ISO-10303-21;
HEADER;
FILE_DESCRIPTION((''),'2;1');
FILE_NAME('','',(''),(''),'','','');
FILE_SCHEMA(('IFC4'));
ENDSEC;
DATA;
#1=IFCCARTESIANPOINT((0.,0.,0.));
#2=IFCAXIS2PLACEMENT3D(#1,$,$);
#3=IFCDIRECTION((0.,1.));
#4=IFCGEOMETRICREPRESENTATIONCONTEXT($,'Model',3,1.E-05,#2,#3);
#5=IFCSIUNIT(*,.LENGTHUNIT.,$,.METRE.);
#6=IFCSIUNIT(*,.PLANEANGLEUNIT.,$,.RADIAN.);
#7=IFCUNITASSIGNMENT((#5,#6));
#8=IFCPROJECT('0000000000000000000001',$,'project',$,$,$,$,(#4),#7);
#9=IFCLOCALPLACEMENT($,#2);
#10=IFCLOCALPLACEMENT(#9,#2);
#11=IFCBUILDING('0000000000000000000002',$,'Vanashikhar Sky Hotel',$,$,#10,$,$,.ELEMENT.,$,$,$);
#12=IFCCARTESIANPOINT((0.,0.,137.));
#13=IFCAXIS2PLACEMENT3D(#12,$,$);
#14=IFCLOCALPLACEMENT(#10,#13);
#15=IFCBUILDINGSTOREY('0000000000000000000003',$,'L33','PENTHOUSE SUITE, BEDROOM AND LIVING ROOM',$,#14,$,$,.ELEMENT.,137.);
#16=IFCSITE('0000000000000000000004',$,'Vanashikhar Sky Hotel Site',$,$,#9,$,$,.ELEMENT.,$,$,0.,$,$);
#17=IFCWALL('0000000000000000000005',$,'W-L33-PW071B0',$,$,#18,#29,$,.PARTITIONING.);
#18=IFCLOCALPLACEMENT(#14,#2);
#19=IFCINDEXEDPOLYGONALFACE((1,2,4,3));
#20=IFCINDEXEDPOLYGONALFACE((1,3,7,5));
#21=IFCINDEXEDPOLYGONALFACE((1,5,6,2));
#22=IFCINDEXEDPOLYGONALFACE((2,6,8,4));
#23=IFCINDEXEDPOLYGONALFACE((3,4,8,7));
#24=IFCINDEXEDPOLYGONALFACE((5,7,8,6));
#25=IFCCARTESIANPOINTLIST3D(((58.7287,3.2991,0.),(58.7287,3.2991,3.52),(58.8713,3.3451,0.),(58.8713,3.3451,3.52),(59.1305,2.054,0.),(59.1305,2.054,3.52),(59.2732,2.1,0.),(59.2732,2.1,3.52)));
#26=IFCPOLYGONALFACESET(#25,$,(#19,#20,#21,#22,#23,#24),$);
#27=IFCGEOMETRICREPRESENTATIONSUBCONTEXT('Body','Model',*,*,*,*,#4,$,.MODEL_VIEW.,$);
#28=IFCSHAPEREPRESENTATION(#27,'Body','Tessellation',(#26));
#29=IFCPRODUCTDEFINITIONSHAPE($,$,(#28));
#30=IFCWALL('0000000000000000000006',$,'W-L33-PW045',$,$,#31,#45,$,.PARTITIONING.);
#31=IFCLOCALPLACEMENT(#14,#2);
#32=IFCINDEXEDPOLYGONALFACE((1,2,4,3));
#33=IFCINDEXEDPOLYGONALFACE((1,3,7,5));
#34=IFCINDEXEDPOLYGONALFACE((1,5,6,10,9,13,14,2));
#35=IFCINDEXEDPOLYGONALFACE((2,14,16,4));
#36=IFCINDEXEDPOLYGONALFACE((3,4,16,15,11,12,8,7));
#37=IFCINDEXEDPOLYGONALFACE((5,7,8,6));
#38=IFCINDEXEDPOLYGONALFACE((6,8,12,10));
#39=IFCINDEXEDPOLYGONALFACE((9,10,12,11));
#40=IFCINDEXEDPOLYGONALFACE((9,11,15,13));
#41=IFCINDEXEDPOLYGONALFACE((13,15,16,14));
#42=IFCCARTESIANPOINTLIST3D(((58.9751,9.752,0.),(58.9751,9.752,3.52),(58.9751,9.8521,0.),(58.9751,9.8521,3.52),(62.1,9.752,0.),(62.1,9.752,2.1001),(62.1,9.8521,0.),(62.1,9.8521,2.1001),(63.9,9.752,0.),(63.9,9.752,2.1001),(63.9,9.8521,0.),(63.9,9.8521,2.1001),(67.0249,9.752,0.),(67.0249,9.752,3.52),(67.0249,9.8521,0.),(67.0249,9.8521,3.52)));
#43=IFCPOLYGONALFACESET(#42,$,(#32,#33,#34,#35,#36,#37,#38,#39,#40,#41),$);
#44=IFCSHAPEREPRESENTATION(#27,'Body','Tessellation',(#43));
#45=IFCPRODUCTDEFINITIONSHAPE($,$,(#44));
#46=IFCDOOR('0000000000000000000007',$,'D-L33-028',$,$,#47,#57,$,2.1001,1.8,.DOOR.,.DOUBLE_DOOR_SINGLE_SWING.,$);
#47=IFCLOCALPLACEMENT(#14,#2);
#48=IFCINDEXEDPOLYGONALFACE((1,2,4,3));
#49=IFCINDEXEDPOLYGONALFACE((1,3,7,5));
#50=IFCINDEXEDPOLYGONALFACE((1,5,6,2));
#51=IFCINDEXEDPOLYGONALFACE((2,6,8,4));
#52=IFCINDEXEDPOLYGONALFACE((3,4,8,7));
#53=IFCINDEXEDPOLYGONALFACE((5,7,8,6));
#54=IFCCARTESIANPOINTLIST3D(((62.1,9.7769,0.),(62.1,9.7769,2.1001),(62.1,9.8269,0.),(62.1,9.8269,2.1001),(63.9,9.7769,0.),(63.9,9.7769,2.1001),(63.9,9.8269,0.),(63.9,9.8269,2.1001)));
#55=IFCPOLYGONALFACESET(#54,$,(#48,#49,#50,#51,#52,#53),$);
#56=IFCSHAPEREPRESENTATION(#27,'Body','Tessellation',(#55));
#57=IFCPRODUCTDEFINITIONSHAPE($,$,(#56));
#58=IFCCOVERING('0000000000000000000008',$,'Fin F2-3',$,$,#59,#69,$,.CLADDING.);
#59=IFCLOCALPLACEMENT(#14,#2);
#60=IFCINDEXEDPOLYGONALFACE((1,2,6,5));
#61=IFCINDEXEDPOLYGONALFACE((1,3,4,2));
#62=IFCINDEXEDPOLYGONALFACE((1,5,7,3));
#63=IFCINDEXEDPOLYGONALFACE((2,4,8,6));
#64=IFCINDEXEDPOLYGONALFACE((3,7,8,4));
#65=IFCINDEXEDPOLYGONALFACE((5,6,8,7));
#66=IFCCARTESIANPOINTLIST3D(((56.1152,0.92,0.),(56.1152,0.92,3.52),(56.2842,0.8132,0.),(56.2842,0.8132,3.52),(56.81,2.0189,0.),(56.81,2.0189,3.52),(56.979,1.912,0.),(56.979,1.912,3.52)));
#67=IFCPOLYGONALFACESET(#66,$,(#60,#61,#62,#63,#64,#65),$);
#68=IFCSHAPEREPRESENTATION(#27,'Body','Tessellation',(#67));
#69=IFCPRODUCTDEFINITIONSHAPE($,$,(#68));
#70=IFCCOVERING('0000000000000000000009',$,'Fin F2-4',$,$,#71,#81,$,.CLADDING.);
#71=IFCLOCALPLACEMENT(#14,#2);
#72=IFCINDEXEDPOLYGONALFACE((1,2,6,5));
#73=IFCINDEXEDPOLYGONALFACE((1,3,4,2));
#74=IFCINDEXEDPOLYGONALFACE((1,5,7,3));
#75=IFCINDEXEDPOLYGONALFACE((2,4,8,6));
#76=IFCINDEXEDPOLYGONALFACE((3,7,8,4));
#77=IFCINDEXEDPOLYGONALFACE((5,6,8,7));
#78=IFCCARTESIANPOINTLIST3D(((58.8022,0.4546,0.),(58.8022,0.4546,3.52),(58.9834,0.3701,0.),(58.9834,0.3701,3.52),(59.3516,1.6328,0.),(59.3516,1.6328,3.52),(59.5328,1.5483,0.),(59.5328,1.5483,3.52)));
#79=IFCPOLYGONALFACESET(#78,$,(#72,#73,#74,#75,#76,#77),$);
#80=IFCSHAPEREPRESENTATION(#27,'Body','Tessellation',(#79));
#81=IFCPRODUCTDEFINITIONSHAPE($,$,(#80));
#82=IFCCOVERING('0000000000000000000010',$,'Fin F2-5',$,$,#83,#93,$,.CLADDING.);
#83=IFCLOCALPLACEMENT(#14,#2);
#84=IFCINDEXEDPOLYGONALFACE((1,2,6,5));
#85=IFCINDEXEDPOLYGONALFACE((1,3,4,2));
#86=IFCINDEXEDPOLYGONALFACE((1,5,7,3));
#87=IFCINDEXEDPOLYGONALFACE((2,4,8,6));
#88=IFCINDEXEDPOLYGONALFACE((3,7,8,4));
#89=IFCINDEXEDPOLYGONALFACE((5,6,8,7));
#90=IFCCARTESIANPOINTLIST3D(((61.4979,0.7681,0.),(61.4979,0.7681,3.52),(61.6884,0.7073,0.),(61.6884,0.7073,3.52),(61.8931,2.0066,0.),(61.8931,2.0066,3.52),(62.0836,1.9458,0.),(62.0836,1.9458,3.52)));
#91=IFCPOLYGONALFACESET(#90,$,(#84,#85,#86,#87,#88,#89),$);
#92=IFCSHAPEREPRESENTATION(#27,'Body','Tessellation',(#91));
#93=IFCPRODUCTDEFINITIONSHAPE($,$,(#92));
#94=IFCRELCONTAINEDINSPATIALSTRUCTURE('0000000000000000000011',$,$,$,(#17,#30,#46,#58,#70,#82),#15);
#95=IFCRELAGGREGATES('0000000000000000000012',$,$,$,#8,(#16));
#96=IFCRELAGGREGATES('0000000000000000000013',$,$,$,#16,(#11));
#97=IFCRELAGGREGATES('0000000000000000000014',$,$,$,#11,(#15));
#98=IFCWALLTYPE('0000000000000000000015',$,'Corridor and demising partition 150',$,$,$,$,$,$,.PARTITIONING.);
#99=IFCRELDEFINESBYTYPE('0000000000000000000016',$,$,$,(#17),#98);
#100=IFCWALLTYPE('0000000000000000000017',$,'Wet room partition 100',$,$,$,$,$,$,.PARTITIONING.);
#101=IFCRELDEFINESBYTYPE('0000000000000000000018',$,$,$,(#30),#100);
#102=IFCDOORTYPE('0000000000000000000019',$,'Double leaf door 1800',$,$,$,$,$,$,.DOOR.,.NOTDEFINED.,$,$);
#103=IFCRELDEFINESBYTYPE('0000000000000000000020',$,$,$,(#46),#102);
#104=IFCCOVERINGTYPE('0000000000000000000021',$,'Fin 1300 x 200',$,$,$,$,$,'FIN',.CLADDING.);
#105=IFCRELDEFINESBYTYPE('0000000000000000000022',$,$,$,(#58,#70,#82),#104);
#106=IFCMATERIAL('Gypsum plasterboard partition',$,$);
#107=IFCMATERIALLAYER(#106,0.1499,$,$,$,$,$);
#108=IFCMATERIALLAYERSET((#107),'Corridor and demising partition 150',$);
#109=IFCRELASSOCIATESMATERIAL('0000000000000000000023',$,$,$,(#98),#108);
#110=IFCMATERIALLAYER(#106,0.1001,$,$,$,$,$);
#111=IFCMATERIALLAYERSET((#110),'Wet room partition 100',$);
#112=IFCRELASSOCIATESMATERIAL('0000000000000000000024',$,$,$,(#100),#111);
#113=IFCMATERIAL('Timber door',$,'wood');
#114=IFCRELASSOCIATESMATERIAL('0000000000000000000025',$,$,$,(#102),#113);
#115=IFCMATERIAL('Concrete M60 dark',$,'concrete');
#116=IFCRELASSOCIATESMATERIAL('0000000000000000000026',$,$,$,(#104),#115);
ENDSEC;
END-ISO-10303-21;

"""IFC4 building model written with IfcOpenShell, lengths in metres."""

from ifc_helpers import new_model, si_unit, direction, frame, frame_2d, origin, origin_2d, place, context, subcontext, project, spatial, rectangle, extrude, source, transform, mapped, material, layer, layer_set, material_profile, profile_set, type_object, element, fill, save


model = new_model("IFC4")

# Units and contexts
model_context = context("Model", 3, precision=1e-05, world=origin(), true_north=direction((0.0, 1.0)))
body_context = subcontext(model_context, "Body", "Model", "MODEL_VIEW")
ifc_project = project(units=[si_unit("LENGTHUNIT", "METRE"), si_unit("PLANEANGLEUNIT", "RADIAN")], contexts=[model_context])

# Site, building, storey
site_placement = place(None, origin())
site = spatial("IfcSite", under=ifc_project, at=site_placement, Name="Vanashikhar Sky Hotel Site", CompositionType="ELEMENT", RefElevation=0.0)
building_placement = place(site_placement, origin())
building = spatial("IfcBuilding", under=site, at=building_placement, Name="Vanashikhar Sky Hotel", CompositionType="ELEMENT")
storey_placement = place(building_placement, frame((0.0, 0.0, 137.0)))
storey = spatial("IfcBuildingStorey", under=building, at=storey_placement, Name="L33", Description="PENTHOUSE SUITE, BEDROOM AND LIVING ROOM", CompositionType="ELEMENT", Elevation=137.0)

# Shared definitions
ifc_material_1 = material(Name="Gypsum plasterboard partition")
ifc_layer_1 = layer(ifc_material_1, 0.1499)
ifc_layer_set_1 = layer_set([ifc_layer_1], Name="Corridor and demising partition 150")
wall_type_1 = type_object("IfcWallType", Name="Corridor and demising partition 150", PredefinedType="PARTITIONING", material=ifc_layer_set_1)

# Shared definitions
ifc_layer_2 = layer(ifc_material_1, 0.1001)
ifc_layer_set_2 = layer_set([ifc_layer_2], Name="Wet room partition 100")
wall_type_2 = type_object("IfcWallType", Name="Wet room partition 100", PredefinedType="PARTITIONING", material=ifc_layer_set_2)
ifc_material_2 = material(Name="Timber door", Category="wood")

# Wall
shared_shape_1 = source(origin(), body_context, "Body", "SweptSolid", [
    extrude(rectangle(XDim=1.3083, YDim=0.1499, at=frame_2d((0.6543, 0.0))), origin(), (0.0, 0.0, 1.0), 3.52),
])
wall_1_placement = place(storey_placement, frame((59.2019, 2.0769, 0.0), z_axis=(0.0, 0.0, 1.0), x_axis=(-0.307145, 0.951663, 0.0)))
element("IfcWall", 1, at=wall_1_placement, inside=storey, type_object=wall_type_1, Name="W-L33-PW071B0", PredefinedType="PARTITIONING", context=body_context, shape_type="MappedRepresentation", body=[
    mapped(shared_shape_1, transform((0.0, 0.0, 0.0), scale=1.0)),
])

# Wall, opening, door
shared_shape_2 = source(origin(), body_context, "Body", "SweptSolid", [
    extrude(rectangle(XDim=8.0498, YDim=0.1001, at=frame_2d((4.0249, 0.0))), origin(), (0.0, 0.0, 1.0), 3.52),
])
wall_2_placement = place(storey_placement, frame((58.9751, 9.802, 0.0), z_axis=(0.0, 0.0, 1.0), x_axis=(1.0, 0.0, 0.0)))
wall_2 = element("IfcWall", 2, at=wall_2_placement, inside=storey, type_object=wall_type_2, Name="W-L33-PW045", PredefinedType="PARTITIONING", context=body_context, shape_type="MappedRepresentation", body=[
    mapped(shared_shape_2, transform((0.0, 0.0, 0.0), scale=1.0)),
])
shared_shape_3 = source(origin(), body_context, "Body", "SweptSolid", [
    extrude(rectangle(XDim=1.8, YDim=2.1001, at=frame_2d((0.8999, 1.05))), frame((0.0, 0.0601, 0.0), z_axis=(0.0, -1.0, 0.0), x_axis=(1.0, 0.0, 0.0)), (0.0, 0.0, 1.0), 0.1201),
])
opening_1_placement = place(wall_2_placement, frame((3.125, 0.0, 0.0)))
opening_1 = element("IfcOpeningElement", 3, at=opening_1_placement, cuts=wall_2, PredefinedType="OPENING", context=body_context, shape_type="MappedRepresentation", body=[
    mapped(shared_shape_3, transform((0.0, 0.0, 0.0), scale=1.0)),
])
door_type_1 = type_object("IfcDoorType", Name="Double leaf door 1800", OperationType="NOTDEFINED", PredefinedType="DOOR", material=ifc_material_2)
shared_shape_4 = source(origin(), body_context, "Body", "SweptSolid", [
    extrude(rectangle(XDim=1.8, YDim=2.1001, at=frame_2d((0.8999, 1.05))), frame((0.0, 0.0249, 0.0), z_axis=(0.0, -1.0, 0.0), x_axis=(1.0, 0.0, 0.0)), (0.0, 0.0, 1.0), 0.05),
])
door_1_placement = place(opening_1_placement, origin())
door_1 = element("IfcDoor", 4, at=door_1_placement, inside=storey, type_object=door_type_1, Name="D-L33-028", OperationType="DOUBLE_DOOR_SINGLE_SWING", OverallHeight=2.1001, OverallWidth=1.8, PredefinedType="DOOR", context=body_context, shape_type="MappedRepresentation", body=[
    mapped(shared_shape_4, transform((0.0, 0.0, 0.0), scale=1.0)),
])
fill(opening_1, door_1)

# Coverings
ifc_material_3 = material(Name="Concrete M60 dark", Category="concrete")
ifc_material_profile = material_profile(ifc_material_3, rectangle(XDim=1.3, YDim=0.2, at=origin_2d()))
ifc_profile_set = profile_set([ifc_material_profile], Name="Fin 1300 x 200")
covering_type = type_object("IfcCoveringType", Name="Fin 1300 x 200", ElementType="FIN", PredefinedType="CLADDING", material=ifc_profile_set)
shared_shape_5 = source(origin(), body_context, "Body", "SweptSolid", [
    extrude(rectangle(XDim=1.3, YDim=0.2, at=origin_2d()), origin(), (0.0, 0.0, 1.0), 3.52),
])
for number, where, z_axis, x_axis, name in (
    (5, (56.5471, 1.416, 0.0), (0.0, 0.0, 1.0), (-0.534411, -0.845225, 0.0), "Fin F2-3"),
    (6, (59.1675, 1.0015, 0.0), (0.0, 0.0, 1.0), (-0.422618, -0.906308, 0.0), "Fin F2-4"),
    (7, (61.7908, 1.3569, 0.0), (0.0, 0.0, 1.0), (-0.303967, -0.952683, 0.0), "Fin F2-5"),
):
    element("IfcCovering", number, at=place(storey_placement, frame(where, z_axis=z_axis, x_axis=x_axis)), inside=storey, type_object=covering_type, Name=name, PredefinedType="CLADDING", context=body_context, shape_type="MappedRepresentation", body=[
        mapped(shared_shape_5, transform((0.0, 0.0, 0.0), scale=1.0)),
    ])

save(model, "model.ifc")
